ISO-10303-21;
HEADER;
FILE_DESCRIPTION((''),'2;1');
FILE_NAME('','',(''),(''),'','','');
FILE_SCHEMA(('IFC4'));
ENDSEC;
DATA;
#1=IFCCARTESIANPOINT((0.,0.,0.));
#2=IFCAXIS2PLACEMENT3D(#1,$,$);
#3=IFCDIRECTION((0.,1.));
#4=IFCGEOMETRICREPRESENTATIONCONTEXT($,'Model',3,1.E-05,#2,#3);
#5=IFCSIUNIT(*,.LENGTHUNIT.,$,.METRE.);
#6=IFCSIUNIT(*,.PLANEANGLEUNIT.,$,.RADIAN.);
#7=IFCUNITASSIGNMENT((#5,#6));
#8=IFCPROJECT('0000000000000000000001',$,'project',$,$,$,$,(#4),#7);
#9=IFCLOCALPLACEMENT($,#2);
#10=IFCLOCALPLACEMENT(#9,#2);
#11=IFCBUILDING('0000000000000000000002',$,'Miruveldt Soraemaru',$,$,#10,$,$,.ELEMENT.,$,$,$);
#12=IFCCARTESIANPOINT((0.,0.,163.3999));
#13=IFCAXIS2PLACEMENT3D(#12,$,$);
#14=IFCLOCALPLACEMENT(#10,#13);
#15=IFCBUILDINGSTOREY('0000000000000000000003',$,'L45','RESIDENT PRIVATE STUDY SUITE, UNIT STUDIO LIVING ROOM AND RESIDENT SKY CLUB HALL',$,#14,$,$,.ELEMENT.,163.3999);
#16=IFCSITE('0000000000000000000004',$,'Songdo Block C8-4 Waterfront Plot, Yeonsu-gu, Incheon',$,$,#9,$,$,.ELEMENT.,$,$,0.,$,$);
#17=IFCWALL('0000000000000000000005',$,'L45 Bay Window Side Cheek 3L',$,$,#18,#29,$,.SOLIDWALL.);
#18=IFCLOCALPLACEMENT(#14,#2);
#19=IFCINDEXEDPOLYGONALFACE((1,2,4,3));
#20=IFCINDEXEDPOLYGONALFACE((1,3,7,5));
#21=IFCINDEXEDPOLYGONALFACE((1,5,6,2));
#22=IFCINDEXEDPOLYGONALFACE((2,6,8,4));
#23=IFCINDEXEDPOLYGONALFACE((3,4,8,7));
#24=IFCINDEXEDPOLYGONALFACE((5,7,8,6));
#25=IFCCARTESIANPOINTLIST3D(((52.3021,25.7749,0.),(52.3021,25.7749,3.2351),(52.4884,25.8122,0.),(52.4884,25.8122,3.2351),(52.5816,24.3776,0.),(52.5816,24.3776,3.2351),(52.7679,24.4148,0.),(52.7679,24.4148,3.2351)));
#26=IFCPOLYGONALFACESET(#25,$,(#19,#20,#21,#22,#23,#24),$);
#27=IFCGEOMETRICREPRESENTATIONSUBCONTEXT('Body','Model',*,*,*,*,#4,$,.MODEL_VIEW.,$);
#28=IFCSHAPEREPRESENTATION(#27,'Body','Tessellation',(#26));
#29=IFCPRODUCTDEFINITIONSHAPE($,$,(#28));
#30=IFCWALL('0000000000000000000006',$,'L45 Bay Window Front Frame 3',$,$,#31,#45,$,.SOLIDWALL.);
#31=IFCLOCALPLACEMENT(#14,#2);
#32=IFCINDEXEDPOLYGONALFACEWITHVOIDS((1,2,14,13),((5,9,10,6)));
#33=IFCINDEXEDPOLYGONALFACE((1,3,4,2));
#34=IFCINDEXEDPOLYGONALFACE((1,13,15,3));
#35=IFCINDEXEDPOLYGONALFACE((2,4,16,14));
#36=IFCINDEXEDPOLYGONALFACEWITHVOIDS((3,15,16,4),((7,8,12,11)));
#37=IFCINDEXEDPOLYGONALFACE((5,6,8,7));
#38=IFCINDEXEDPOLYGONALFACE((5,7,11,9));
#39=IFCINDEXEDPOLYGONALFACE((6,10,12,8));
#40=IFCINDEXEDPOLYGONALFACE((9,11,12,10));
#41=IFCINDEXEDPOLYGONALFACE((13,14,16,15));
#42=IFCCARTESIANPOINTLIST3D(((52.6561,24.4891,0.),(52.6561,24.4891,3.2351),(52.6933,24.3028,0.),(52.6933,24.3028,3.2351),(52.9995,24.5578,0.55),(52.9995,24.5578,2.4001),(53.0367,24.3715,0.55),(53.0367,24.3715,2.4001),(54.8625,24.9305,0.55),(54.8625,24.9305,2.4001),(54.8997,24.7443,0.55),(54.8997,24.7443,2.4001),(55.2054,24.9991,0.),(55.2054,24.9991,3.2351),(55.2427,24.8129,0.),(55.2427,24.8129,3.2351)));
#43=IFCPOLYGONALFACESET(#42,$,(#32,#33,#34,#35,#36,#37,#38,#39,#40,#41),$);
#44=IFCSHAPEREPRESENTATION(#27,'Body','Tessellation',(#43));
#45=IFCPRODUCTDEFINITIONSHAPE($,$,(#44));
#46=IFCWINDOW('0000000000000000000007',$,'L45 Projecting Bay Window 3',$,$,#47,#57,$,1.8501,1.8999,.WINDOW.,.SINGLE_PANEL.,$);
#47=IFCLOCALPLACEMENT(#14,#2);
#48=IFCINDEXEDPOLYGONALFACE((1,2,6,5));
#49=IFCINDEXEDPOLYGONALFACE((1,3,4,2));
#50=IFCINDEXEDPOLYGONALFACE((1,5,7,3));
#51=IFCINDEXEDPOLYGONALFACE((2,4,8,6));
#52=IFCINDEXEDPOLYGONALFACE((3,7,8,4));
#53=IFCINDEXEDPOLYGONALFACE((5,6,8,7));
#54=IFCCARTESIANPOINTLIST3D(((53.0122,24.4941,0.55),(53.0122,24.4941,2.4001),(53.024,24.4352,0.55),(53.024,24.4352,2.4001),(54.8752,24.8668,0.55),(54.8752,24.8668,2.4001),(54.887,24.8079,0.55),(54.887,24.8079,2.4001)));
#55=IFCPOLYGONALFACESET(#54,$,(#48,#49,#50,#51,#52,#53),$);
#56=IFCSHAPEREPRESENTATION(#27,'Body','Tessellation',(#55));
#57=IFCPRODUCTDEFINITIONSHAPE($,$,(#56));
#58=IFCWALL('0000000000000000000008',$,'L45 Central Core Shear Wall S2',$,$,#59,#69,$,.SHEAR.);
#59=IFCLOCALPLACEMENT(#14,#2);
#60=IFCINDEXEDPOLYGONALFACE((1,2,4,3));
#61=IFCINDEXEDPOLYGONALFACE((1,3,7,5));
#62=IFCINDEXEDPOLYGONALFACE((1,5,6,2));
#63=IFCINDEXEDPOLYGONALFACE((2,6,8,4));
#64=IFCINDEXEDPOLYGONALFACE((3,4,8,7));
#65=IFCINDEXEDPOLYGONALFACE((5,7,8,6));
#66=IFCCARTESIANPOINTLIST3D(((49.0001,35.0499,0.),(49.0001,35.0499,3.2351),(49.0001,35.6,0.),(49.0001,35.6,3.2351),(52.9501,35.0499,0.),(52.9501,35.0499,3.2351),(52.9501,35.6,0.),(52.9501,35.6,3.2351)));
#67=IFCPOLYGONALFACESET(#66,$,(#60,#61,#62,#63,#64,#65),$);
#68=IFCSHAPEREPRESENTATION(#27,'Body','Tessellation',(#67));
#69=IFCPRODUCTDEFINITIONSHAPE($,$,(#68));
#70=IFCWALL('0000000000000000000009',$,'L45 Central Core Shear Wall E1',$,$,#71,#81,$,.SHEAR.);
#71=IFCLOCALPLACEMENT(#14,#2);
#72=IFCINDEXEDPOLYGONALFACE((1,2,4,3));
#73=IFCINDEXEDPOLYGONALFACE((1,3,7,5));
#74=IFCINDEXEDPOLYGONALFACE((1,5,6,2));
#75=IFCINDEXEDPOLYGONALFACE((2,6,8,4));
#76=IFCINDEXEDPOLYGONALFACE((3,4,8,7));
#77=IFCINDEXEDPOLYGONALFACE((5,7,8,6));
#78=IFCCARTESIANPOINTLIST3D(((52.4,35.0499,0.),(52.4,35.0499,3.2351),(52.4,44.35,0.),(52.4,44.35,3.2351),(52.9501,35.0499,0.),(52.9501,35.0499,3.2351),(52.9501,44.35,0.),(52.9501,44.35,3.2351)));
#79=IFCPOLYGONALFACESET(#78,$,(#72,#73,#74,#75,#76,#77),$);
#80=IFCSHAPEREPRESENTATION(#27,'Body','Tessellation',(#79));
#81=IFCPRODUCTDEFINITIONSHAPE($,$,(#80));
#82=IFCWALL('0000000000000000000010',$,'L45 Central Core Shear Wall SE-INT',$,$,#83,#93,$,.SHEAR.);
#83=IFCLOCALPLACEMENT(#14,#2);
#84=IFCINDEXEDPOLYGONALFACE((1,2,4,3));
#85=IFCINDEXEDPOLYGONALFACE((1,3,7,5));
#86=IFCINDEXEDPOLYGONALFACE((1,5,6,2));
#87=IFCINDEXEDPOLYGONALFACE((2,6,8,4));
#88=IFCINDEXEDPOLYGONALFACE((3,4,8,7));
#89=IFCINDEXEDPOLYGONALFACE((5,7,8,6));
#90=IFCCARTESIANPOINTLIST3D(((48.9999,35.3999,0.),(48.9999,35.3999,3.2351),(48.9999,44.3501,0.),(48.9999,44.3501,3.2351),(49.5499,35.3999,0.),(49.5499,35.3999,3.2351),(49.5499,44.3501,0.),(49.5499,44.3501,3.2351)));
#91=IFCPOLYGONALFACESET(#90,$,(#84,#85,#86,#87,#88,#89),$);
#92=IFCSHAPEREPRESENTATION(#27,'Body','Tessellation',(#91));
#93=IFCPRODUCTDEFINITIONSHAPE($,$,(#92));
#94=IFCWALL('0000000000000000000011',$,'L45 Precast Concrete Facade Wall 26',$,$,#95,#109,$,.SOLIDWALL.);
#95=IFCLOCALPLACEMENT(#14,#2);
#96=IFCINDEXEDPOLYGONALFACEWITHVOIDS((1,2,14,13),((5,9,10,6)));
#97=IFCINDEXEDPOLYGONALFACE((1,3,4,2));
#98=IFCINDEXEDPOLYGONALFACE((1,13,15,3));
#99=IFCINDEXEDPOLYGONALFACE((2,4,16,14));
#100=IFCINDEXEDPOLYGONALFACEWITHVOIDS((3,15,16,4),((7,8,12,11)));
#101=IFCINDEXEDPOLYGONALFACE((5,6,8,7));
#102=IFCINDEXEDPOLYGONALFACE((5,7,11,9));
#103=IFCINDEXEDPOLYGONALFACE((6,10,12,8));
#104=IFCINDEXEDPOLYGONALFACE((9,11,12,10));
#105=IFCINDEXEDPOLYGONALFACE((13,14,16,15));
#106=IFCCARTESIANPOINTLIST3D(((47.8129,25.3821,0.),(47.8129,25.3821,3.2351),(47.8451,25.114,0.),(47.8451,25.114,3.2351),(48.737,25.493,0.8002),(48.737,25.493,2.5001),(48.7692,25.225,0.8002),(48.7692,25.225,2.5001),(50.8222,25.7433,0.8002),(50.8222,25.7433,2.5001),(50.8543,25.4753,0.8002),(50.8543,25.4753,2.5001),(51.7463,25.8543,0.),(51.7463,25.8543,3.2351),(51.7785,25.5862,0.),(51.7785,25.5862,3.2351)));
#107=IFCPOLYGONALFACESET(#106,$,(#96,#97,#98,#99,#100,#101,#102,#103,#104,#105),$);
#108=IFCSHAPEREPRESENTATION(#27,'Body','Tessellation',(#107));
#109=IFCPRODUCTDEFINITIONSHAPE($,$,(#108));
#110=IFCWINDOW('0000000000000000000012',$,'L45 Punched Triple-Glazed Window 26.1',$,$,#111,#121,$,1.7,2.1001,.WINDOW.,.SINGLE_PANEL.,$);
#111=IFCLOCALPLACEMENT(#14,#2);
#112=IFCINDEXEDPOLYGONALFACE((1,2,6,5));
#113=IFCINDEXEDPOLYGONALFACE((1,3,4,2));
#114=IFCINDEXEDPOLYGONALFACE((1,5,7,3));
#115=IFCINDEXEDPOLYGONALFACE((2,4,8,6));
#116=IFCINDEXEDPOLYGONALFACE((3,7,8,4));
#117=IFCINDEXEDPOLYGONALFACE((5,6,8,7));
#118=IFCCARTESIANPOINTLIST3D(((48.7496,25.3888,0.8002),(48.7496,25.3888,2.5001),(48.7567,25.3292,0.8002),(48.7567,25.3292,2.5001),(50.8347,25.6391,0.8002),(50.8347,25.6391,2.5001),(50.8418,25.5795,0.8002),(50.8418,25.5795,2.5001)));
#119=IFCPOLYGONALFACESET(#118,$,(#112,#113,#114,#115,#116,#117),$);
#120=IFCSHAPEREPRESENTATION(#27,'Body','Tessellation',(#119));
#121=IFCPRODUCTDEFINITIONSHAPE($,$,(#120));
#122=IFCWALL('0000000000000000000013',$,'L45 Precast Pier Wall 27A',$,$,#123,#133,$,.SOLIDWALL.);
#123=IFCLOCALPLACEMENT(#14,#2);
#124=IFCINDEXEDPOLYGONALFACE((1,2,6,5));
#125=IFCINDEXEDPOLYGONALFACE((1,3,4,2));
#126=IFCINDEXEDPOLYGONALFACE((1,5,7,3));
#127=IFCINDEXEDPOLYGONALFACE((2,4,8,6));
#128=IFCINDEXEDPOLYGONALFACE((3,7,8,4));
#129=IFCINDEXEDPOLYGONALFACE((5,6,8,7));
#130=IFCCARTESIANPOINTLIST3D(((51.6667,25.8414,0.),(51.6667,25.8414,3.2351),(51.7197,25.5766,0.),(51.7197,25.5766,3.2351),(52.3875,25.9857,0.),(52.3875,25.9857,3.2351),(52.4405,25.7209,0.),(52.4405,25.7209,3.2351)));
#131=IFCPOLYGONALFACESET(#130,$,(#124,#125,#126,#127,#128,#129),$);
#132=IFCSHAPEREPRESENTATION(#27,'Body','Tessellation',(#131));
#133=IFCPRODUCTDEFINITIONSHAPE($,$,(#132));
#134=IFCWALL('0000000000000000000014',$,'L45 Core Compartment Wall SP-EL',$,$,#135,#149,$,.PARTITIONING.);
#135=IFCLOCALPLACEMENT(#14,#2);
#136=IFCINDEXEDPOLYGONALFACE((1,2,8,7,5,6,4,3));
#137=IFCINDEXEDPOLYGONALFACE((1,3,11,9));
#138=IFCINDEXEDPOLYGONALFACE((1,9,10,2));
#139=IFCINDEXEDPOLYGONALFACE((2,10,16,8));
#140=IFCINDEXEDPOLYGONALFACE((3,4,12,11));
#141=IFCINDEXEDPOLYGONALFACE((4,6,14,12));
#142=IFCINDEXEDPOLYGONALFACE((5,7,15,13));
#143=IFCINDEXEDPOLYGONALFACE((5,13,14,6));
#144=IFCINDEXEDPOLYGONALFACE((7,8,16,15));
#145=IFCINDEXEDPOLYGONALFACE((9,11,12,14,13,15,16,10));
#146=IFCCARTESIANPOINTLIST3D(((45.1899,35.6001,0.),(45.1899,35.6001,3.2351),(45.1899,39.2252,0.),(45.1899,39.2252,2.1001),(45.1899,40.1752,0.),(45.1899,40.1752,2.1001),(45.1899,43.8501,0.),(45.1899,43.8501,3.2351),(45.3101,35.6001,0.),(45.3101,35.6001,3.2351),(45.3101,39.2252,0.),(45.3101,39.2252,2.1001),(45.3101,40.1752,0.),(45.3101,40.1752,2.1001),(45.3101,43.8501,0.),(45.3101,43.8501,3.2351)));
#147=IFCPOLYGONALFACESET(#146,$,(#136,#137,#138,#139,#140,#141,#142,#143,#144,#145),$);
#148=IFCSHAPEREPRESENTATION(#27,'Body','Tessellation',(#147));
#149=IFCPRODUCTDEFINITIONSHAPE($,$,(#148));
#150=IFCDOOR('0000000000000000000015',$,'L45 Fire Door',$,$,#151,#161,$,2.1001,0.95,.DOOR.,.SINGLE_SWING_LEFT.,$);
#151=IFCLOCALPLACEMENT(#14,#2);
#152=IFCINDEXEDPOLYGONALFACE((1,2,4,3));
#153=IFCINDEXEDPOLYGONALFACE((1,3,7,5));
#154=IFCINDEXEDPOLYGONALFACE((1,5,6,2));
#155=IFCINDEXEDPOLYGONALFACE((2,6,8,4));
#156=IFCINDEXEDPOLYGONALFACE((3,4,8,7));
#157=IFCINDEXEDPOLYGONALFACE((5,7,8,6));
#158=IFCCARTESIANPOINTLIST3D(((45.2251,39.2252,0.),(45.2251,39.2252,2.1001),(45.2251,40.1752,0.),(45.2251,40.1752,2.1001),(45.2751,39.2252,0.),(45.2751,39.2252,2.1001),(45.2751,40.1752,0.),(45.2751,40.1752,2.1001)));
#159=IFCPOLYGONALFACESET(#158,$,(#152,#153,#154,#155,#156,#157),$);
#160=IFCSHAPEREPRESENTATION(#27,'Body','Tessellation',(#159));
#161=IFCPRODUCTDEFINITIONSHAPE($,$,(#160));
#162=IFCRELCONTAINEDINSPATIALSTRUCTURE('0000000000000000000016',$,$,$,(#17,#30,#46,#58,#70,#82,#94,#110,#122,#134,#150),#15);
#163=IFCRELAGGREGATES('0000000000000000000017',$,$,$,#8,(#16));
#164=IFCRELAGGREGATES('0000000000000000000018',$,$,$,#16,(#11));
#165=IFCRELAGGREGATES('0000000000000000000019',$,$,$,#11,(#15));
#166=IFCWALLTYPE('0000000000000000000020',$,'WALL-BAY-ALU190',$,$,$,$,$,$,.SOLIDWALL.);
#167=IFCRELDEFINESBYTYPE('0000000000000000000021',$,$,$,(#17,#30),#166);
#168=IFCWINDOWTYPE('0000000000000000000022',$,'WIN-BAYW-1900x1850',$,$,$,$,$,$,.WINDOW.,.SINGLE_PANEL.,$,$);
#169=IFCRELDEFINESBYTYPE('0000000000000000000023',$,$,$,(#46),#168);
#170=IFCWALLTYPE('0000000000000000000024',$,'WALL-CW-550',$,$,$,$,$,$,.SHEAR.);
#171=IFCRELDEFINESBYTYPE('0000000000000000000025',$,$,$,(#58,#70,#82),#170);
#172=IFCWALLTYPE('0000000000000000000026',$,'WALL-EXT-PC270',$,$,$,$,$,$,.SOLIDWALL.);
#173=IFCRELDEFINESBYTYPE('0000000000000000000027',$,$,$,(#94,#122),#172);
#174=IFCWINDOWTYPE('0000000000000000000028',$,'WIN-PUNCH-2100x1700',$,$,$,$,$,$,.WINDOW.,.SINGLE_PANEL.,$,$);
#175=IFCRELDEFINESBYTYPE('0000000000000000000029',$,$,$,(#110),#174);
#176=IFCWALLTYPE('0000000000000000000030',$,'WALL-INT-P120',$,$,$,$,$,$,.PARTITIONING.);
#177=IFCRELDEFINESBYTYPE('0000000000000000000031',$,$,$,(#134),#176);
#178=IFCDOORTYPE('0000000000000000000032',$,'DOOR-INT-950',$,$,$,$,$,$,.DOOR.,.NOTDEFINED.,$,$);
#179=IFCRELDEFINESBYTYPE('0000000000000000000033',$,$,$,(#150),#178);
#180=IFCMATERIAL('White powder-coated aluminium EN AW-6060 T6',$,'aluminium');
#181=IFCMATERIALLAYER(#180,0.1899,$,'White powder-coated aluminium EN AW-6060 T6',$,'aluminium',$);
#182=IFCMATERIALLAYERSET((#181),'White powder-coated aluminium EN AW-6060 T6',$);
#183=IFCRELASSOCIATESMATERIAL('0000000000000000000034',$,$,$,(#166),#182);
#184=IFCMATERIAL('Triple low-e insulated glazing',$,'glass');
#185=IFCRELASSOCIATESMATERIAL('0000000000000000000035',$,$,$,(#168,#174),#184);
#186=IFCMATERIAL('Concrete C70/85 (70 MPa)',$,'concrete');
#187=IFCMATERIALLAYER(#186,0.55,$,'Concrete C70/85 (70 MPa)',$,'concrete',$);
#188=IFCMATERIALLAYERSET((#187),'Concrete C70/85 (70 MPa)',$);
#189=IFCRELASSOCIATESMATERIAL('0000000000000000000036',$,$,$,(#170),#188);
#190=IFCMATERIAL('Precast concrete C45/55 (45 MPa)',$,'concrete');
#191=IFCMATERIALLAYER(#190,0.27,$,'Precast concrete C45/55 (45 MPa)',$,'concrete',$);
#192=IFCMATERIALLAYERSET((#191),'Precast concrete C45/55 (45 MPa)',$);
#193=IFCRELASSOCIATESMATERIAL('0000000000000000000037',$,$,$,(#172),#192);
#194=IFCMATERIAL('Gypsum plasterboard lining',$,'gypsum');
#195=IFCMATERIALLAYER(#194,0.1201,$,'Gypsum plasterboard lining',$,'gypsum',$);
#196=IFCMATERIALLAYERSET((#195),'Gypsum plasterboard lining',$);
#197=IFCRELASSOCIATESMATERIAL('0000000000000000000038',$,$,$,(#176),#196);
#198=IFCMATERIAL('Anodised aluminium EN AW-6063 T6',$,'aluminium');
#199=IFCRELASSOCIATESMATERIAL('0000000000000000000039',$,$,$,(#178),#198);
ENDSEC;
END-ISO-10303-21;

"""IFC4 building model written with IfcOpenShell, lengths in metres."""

from ifc_helpers import new_model, si_unit, direction, frame, frame_2d, origin, place, context, subcontext, project, spatial, rectangle, extrude, material, layer, layer_set, type_object, element, fill, save


model = new_model("IFC4")

# Units and contexts
model_context = context("Model", 3, precision=1e-05, world=origin(), true_north=direction((0.0, 1.0)))
body_context = subcontext(model_context, "Body", "Model", "MODEL_VIEW")
ifc_project = project(units=[si_unit("LENGTHUNIT", "METRE"), si_unit("PLANEANGLEUNIT", "RADIAN")], contexts=[model_context])

# Site, building, storey
site_placement = place(None, origin())
site = spatial("IfcSite", under=ifc_project, at=site_placement, Name="Songdo Block C8-4 Waterfront Plot, Yeonsu-gu, Incheon", CompositionType="ELEMENT", RefElevation=0.0)
building_placement = place(site_placement, origin())
building = spatial("IfcBuilding", under=site, at=building_placement, Name="Miruveldt Soraemaru", CompositionType="ELEMENT")
storey_placement = place(building_placement, frame((0.0, 0.0, 163.3999)))
storey = spatial("IfcBuildingStorey", under=building, at=storey_placement, Name="L45", Description="RESIDENT PRIVATE STUDY SUITE, UNIT STUDIO LIVING ROOM AND RESIDENT SKY CLUB HALL", CompositionType="ELEMENT", Elevation=163.3999)

# Shared definitions
ifc_material_1 = material(Name="Concrete C70/85 (70 MPa)", Category="concrete")

# Wall
ifc_material_2 = material(Name="White powder-coated aluminium EN AW-6060 T6", Category="aluminium")
ifc_layer_1 = layer(ifc_material_2, 0.1899, Name="White powder-coated aluminium EN AW-6060 T6", Category="aluminium")
ifc_layer_set_1 = layer_set([ifc_layer_1], Name="White powder-coated aluminium EN AW-6060 T6")
wall_type_1 = type_object("IfcWallType", Name="WALL-BAY-ALU190", PredefinedType="SOLIDWALL", material=ifc_layer_set_1)
wall_1_placement = place(storey_placement, frame((52.3953, 25.7935, 0.0), z_axis=(0.0, 0.0, 1.0), x_axis=(0.196149, -0.980574, 0.0)))
element("IfcWall", 1, at=wall_1_placement, inside=storey, type_object=wall_type_1, Name="L45 Bay Window Side Cheek 3L", PredefinedType="SOLIDWALL", context=body_context, shape_type="SweptSolid", body=[
    extrude(rectangle(XDim=1.425, YDim=0.1899, at=frame_2d((0.7124, 0.0))), origin(), (0.0, 0.0, 1.0), 3.2351),
])

# Wall, opening, window
wall_2_placement = place(storey_placement, frame((52.6748, 24.396, 0.0), z_axis=(0.0, 0.0, 1.0), x_axis=(0.98057, 0.19617, 0.0)))
wall_2 = element("IfcWall", 2, at=wall_2_placement, inside=storey, type_object=wall_type_1, Name="L45 Bay Window Front Frame 3", PredefinedType="SOLIDWALL", context=body_context, shape_type="SweptSolid", body=[
    extrude(rectangle(XDim=2.5999, YDim=0.1899, at=frame_2d((1.2998, 0.0))), origin(), (0.0, 0.0, 1.0), 3.2351),
])
opening_1_placement = place(wall_2_placement, frame((0.3501, 0.0, 0.55)))
opening_1 = element("IfcOpeningElement", 3, at=opening_1_placement, cuts=wall_2, PredefinedType="OPENING", context=body_context, shape_type="SweptSolid", body=[
    extrude(rectangle(XDim=1.8999, YDim=1.8501, at=frame_2d((0.95, 0.925))), frame((0.0, 0.105, 0.0), z_axis=(0.0, -1.0, 0.0), x_axis=(1.0, 0.0, 0.0)), (0.0, 0.0, 1.0), 0.21),
])
ifc_material_3 = material(Name="Triple low-e insulated glazing", Category="glass")
window_type_1 = type_object("IfcWindowType", Name="WIN-BAYW-1900x1850", PartitioningType="SINGLE_PANEL", PredefinedType="WINDOW", material=ifc_material_3)
window_1_placement = place(opening_1_placement, origin())
window_1 = element("IfcWindow", 4, at=window_1_placement, inside=storey, type_object=window_type_1, Name="L45 Projecting Bay Window 3", OverallHeight=1.8501, OverallWidth=1.8999, PartitioningType="SINGLE_PANEL", PredefinedType="WINDOW", context=body_context, shape_type="SweptSolid", body=[
    extrude(rectangle(XDim=1.8999, YDim=1.8501, at=frame_2d((0.95, 0.925))), frame((0.0, 0.03, 0.0), z_axis=(0.0, -1.0, 0.0), x_axis=(1.0, 0.0, 0.0)), (0.0, 0.0, 1.0), 0.0601),
])
fill(opening_1, window_1)

# Walls
ifc_layer_2 = layer(ifc_material_1, 0.55, Name="Concrete C70/85 (70 MPa)", Category="concrete")
ifc_layer_set_2 = layer_set([ifc_layer_2], Name="Concrete C70/85 (70 MPa)")
wall_type_2 = type_object("IfcWallType", Name="WALL-CW-550", PredefinedType="SHEAR", material=ifc_layer_set_2)
wall_3_placement = place(storey_placement, frame((49.0, 35.325, 0.0), z_axis=(0.0, 0.0, 1.0), x_axis=(1.0, 0.0, 0.0)))
element("IfcWall", 5, at=wall_3_placement, inside=storey, type_object=wall_type_2, Name="L45 Central Core Shear Wall S2", PredefinedType="SHEAR", context=body_context, shape_type="SweptSolid", body=[
    extrude(rectangle(XDim=3.95, YDim=0.55, at=frame_2d((1.9751, 0.0))), origin(), (0.0, 0.0, 1.0), 3.2351),
])
wall_4_placement = place(storey_placement, frame((52.675, 35.05, 0.0), z_axis=(0.0, 0.0, 1.0), x_axis=(0.0, 1.0, 0.0)))
element("IfcWall", 6, at=wall_4_placement, inside=storey, type_object=wall_type_2, Name="L45 Central Core Shear Wall E1", PredefinedType="SHEAR", context=body_context, shape_type="SweptSolid", body=[
    extrude(rectangle(XDim=9.3, YDim=0.55, at=frame_2d((4.6499, 0.0))), origin(), (0.0, 0.0, 1.0), 3.2351),
])
wall_5_placement = place(storey_placement, frame((49.2749, 35.3999, 0.0), z_axis=(0.0, 0.0, 1.0), x_axis=(0.0, 1.0, 0.0)))
element("IfcWall", 7, at=wall_5_placement, inside=storey, type_object=wall_type_2, Name="L45 Central Core Shear Wall SE-INT", PredefinedType="SHEAR", context=body_context, shape_type="SweptSolid", body=[
    extrude(rectangle(XDim=8.9502, YDim=0.55, at=frame_2d((4.4751, 0.0))), origin(), (0.0, 0.0, 1.0), 3.2351),
])

# Wall, opening, window
ifc_material_4 = material(Name="Precast concrete C45/55 (45 MPa)", Category="concrete")
ifc_layer_3 = layer(ifc_material_4, 0.27, Name="Precast concrete C45/55 (45 MPa)", Category="concrete")
ifc_layer_set_3 = layer_set([ifc_layer_3], Name="Precast concrete C45/55 (45 MPa)")
wall_type_3 = type_object("IfcWallType", Name="WALL-EXT-PC270", PredefinedType="SOLIDWALL", material=ifc_layer_set_3)
wall_6_placement = place(storey_placement, frame((47.8289, 25.248, 0.0), z_axis=(0.0, 0.0, 1.0), x_axis=(0.992872, 0.119187, 0.0)))
wall_6 = element("IfcWall", 8, at=wall_6_placement, inside=storey, type_object=wall_type_3, Name="L45 Precast Concrete Facade Wall 26", PredefinedType="SOLIDWALL", context=body_context, shape_type="SweptSolid", body=[
    extrude(rectangle(XDim=3.9617, YDim=0.27, at=frame_2d((1.981, 0.0))), origin(), (0.0, 0.0, 1.0), 3.2351),
])
opening_2_placement = place(wall_6_placement, frame((0.9309, 0.0, 0.8)))
opening_2 = element("IfcOpeningElement", 9, at=opening_2_placement, cuts=wall_6, PredefinedType="OPENING", context=body_context, shape_type="SweptSolid", body=[
    extrude(rectangle(XDim=2.1001, YDim=1.7, at=frame_2d((1.05, 0.8501))), frame((0.0, 0.145, 0.0), z_axis=(0.0, -1.0, 0.0), x_axis=(1.0, 0.0, 0.0)), (0.0, 0.0, 1.0), 0.29),
])
window_type_2 = type_object("IfcWindowType", Name="WIN-PUNCH-2100x1700", PartitioningType="SINGLE_PANEL", PredefinedType="WINDOW", material=ifc_material_3)
window_2_placement = place(opening_2_placement, origin())
window_2 = element("IfcWindow", 10, at=window_2_placement, inside=storey, type_object=window_type_2, Name="L45 Punched Triple-Glazed Window 26.1", OverallHeight=1.7, OverallWidth=2.1001, PartitioningType="SINGLE_PANEL", PredefinedType="WINDOW", context=body_context, shape_type="SweptSolid", body=[
    extrude(rectangle(XDim=2.1001, YDim=1.7, at=frame_2d((1.05, 0.8501))), frame((0.0, 0.03, 0.0), z_axis=(0.0, -1.0, 0.0), x_axis=(1.0, 0.0, 0.0)), (0.0, 0.0, 1.0), 0.0601),
])
fill(opening_2, window_2)

# Wall
wall_7_placement = place(storey_placement, frame((51.6931, 25.709, 0.0), z_axis=(0.0, 0.0, 1.0), x_axis=(0.980542, 0.196308, 0.0)))
element("IfcWall", 11, at=wall_7_placement, inside=storey, type_object=wall_type_3, Name="L45 Precast Pier Wall 27A", PredefinedType="SOLIDWALL", context=body_context, shape_type="SweptSolid", body=[
    extrude(rectangle(XDim=0.7351, YDim=0.27, at=frame_2d((0.3677, 0.0))), origin(), (0.0, 0.0, 1.0), 3.2351),
])

# Wall, opening, door
ifc_material_5 = material(Name="Gypsum plasterboard lining", Category="gypsum")
ifc_layer_4 = layer(ifc_material_5, 0.1201, Name="Gypsum plasterboard lining", Category="gypsum")
ifc_layer_set_4 = layer_set([ifc_layer_4], Name="Gypsum plasterboard lining")
wall_type_4 = type_object("IfcWallType", Name="WALL-INT-P120", PredefinedType="PARTITIONING", material=ifc_layer_set_4)
wall_8_placement = place(storey_placement, frame((45.25, 35.6001, 0.0), z_axis=(0.0, 0.0, 1.0), x_axis=(0.0, 1.0, 0.0)))
wall_8 = element("IfcWall", 12, at=wall_8_placement, inside=storey, type_object=wall_type_4, Name="L45 Core Compartment Wall SP-EL", PredefinedType="PARTITIONING", context=body_context, shape_type="SweptSolid", body=[
    extrude(rectangle(XDim=8.25, YDim=0.1201, at=frame_2d((4.125, 0.0))), origin(), (0.0, 0.0, 1.0), 3.2351),
])
opening_3_placement = place(wall_8_placement, frame((3.625, 0.0, 0.0)))
opening_3 = element("IfcOpeningElement", 13, at=opening_3_placement, cuts=wall_8, PredefinedType="OPENING", context=body_context, shape_type="SweptSolid", body=[
    extrude(rectangle(XDim=0.95, YDim=2.1001, at=frame_2d((0.4751, 1.05))), frame((0.0, 0.0701, 0.0), z_axis=(0.0, -1.0, 0.0), x_axis=(1.0, 0.0, 0.0)), (0.0, 0.0, 1.0), 0.1401),
])
ifc_material_6 = material(Name="Anodised aluminium EN AW-6063 T6", Category="aluminium")
door_type = type_object("IfcDoorType", Name="DOOR-INT-950", OperationType="NOTDEFINED", PredefinedType="DOOR", material=ifc_material_6)
door_placement = place(opening_3_placement, origin())
door = element("IfcDoor", 14, at=door_placement, inside=storey, type_object=door_type, Name="L45 Fire Door", OperationType="SINGLE_SWING_LEFT", OverallHeight=2.1001, OverallWidth=0.95, PredefinedType="DOOR", context=body_context, shape_type="SweptSolid", body=[
    extrude(rectangle(XDim=0.95, YDim=2.1001, at=frame_2d((0.4751, 1.05))), frame((0.0, 0.0249, 0.0), z_axis=(0.0, -1.0, 0.0), x_axis=(1.0, 0.0, 0.0)), (0.0, 0.0, 1.0), 0.05),
])
fill(opening_3, door)

save(model, "model.ifc")
